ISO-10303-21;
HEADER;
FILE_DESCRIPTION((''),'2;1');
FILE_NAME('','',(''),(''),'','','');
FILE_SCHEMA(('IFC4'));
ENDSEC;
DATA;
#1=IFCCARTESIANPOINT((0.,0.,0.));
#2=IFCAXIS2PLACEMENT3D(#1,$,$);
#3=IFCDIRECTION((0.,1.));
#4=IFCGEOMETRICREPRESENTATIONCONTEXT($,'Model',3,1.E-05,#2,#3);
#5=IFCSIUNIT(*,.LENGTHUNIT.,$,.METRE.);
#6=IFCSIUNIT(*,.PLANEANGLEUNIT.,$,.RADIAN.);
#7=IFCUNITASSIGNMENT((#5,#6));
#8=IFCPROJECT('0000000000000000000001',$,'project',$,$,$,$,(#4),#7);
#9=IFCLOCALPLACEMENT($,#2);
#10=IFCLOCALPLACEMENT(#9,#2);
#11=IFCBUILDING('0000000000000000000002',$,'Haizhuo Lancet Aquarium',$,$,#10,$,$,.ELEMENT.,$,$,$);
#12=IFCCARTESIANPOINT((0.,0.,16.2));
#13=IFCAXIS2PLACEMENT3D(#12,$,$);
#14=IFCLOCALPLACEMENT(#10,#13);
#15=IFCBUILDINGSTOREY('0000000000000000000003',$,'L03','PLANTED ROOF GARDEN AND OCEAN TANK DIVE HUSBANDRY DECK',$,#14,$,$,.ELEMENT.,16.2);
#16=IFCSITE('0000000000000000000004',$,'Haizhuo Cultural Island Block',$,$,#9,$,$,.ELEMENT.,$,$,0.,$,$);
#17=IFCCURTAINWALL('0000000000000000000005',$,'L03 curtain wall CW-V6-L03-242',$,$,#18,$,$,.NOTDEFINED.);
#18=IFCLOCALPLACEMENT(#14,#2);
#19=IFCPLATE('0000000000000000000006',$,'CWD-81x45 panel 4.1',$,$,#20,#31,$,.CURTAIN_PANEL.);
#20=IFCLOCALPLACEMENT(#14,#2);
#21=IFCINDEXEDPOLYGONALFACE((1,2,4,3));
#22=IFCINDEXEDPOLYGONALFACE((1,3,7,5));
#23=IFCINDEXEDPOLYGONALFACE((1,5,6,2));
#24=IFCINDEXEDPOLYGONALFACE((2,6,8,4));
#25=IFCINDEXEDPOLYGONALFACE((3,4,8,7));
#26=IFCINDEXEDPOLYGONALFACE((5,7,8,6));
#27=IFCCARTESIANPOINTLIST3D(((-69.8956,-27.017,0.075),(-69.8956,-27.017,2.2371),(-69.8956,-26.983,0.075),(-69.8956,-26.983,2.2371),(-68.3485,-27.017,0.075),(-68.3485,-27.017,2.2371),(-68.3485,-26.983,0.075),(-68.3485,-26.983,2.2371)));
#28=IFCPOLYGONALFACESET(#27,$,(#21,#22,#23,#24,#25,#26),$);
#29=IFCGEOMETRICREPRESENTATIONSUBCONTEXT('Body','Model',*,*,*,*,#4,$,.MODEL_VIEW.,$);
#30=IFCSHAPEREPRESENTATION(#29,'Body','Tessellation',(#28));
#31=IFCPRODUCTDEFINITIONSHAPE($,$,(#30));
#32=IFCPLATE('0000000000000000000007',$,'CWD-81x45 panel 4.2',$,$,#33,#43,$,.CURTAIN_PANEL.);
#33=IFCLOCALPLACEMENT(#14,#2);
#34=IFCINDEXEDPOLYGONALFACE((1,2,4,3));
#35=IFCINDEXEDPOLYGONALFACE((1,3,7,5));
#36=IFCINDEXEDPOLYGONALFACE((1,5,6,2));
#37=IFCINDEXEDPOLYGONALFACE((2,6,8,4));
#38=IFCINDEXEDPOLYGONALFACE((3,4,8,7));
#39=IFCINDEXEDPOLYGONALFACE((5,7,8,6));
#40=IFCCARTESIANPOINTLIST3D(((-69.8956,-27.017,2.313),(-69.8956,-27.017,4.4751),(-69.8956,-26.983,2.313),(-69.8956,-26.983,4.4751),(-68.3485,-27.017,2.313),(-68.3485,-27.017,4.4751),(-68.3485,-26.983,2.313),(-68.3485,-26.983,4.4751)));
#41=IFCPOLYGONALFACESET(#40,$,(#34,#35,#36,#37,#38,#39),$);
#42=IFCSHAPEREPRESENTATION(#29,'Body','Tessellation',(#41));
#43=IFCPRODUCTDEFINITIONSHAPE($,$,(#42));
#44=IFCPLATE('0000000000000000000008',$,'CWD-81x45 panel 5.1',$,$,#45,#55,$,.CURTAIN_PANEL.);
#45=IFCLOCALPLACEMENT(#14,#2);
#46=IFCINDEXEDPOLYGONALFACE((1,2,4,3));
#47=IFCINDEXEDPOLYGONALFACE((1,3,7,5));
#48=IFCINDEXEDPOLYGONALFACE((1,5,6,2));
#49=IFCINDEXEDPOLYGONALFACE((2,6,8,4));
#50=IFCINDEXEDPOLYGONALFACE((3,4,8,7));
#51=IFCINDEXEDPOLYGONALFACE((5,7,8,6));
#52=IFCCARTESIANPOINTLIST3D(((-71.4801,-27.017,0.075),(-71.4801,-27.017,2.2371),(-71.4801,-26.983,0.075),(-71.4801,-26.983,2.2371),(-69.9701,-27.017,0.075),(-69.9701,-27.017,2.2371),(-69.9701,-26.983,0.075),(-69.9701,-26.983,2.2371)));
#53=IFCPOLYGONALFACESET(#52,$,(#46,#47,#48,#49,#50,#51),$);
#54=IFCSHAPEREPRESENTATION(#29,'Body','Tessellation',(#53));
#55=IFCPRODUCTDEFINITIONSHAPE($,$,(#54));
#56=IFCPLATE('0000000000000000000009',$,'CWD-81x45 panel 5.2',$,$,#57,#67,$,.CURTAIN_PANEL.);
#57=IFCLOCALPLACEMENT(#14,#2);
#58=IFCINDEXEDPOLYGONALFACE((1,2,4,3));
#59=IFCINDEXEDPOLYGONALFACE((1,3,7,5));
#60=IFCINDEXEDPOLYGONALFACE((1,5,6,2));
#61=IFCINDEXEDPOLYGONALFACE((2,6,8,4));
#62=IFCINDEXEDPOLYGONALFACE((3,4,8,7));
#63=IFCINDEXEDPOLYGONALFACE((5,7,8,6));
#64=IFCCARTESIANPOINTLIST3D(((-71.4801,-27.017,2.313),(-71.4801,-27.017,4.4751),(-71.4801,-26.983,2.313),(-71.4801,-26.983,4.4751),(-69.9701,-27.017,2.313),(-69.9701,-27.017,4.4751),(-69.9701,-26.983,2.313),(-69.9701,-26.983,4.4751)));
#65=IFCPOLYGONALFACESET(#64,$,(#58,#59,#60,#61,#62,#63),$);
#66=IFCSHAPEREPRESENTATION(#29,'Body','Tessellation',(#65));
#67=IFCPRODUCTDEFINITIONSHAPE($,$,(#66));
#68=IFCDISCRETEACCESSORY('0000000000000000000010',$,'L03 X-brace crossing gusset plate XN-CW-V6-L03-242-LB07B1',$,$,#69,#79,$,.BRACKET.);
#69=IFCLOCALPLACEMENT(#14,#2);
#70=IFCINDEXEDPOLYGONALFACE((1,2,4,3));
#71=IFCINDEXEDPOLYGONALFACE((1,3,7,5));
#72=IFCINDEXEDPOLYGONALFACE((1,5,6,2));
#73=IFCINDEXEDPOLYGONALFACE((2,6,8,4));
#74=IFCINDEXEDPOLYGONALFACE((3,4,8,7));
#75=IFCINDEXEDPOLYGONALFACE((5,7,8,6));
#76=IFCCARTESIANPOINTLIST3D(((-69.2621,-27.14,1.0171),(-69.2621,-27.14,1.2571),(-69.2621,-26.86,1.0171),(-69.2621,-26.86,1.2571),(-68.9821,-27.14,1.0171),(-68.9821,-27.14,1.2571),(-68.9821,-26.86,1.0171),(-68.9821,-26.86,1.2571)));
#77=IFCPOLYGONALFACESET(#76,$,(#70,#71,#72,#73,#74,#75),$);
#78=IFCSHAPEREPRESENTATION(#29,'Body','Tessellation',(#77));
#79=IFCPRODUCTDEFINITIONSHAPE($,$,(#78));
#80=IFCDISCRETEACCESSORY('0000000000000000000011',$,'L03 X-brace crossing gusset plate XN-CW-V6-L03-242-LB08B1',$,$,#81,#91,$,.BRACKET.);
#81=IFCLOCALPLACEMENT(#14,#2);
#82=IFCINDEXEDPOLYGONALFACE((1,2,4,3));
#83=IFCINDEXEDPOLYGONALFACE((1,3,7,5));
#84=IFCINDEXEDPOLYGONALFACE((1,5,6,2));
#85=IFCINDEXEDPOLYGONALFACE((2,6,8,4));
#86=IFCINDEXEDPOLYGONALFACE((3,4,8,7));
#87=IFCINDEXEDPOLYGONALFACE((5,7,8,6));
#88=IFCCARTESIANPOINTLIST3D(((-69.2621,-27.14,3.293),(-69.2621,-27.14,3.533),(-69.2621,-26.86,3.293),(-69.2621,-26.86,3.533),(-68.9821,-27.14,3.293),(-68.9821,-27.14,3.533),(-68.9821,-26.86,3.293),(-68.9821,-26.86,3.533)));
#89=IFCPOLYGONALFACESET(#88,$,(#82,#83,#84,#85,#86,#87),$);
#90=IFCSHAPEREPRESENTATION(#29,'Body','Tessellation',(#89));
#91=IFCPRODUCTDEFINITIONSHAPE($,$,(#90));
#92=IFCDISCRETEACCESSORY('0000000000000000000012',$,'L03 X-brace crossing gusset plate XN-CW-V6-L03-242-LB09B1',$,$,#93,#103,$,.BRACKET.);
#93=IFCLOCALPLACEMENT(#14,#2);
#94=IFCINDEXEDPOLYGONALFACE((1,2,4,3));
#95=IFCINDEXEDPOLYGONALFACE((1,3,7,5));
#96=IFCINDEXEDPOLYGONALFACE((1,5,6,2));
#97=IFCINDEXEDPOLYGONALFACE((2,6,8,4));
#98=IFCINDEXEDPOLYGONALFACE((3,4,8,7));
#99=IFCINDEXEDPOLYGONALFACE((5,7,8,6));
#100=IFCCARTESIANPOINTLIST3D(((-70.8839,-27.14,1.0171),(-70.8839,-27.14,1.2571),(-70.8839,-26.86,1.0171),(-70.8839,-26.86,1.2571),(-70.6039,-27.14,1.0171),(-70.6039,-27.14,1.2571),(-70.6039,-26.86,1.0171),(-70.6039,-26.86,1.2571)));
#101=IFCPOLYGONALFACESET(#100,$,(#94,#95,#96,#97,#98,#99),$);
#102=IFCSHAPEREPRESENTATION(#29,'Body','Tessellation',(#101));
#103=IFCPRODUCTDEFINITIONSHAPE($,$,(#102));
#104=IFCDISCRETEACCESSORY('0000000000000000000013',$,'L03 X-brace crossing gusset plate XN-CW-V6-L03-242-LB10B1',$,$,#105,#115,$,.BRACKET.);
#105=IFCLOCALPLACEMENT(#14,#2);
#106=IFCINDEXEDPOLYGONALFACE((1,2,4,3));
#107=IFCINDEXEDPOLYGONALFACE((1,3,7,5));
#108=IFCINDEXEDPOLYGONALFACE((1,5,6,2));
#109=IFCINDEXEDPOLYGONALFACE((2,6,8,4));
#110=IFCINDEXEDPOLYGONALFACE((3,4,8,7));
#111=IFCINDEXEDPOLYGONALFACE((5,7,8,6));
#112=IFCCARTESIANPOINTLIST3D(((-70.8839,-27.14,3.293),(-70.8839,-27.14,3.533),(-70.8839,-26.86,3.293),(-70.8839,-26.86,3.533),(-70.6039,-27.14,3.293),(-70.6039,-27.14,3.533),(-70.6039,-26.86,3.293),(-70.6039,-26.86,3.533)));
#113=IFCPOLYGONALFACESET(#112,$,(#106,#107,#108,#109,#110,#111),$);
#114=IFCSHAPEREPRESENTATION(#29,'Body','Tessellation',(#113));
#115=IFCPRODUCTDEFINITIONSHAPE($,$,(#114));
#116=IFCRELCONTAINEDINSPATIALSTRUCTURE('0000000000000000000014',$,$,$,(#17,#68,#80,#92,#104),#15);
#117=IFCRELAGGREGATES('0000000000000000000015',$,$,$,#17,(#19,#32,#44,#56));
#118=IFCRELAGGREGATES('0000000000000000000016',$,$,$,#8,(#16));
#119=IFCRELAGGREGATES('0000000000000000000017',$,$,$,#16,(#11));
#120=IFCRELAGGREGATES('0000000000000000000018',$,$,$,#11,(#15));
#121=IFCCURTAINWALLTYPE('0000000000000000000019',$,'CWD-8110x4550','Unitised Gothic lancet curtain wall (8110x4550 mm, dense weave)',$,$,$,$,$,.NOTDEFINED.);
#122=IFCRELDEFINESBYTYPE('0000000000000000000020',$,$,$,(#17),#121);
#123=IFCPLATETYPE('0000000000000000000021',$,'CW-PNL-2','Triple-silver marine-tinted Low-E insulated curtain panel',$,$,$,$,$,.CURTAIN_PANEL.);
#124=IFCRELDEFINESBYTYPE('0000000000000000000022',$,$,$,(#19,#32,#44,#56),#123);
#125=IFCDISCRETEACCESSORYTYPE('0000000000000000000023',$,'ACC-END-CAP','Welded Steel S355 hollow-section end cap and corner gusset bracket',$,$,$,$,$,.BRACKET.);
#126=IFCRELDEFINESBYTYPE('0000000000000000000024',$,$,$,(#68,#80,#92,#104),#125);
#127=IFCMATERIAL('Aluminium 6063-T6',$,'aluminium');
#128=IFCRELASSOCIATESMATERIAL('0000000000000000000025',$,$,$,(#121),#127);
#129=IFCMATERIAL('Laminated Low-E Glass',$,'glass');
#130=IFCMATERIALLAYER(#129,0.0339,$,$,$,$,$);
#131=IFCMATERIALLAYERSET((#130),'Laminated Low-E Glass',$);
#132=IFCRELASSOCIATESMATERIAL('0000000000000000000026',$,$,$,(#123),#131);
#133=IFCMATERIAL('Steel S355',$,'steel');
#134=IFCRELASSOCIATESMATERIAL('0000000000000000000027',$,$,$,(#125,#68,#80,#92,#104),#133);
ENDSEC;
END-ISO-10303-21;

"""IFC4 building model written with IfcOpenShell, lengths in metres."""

from ifc_helpers import new_model, si_unit, direction, frame, origin, origin_2d, place, context, subcontext, project, spatial, rectangle, extrude, material, layer, layer_set, type_object, element, aggregate, save


model = new_model("IFC4")

# Units and contexts
model_context = context("Model", 3, precision=1e-05, world=origin(), true_north=direction((0.0, 1.0)))
body_context = subcontext(model_context, "Body", "Model", "MODEL_VIEW")
ifc_project = project(units=[si_unit("LENGTHUNIT", "METRE"), si_unit("PLANEANGLEUNIT", "RADIAN")], contexts=[model_context])

# Site, building, storey
site_placement = place(None, origin())
site = spatial("IfcSite", under=ifc_project, at=site_placement, Name="Haizhuo Cultural Island Block", CompositionType="ELEMENT", RefElevation=0.0)
building_placement = place(site_placement, origin())
building = spatial("IfcBuilding", under=site, at=building_placement, Name="Haizhuo Lancet Aquarium", CompositionType="ELEMENT")
storey_placement = place(building_placement, frame((0.0, 0.0, 16.2)))
storey = spatial("IfcBuildingStorey", under=building, at=storey_placement, Name="L03", Description="PLANTED ROOF GARDEN AND OCEAN TANK DIVE HUSBANDRY DECK", CompositionType="ELEMENT", Elevation=16.2)

# Curtain wall
ifc_material_1 = material(Name="Aluminium 6063-T6", Category="aluminium")
curtain_wall_type = type_object("IfcCurtainWallType", Name="CWD-8110x4550", Description="Unitised Gothic lancet curtain wall (8110x4550 mm, dense weave)", PredefinedType="NOTDEFINED", material=ifc_material_1)
curtain_wall_placement = place(storey_placement, origin())
curtain_wall = element("IfcCurtainWall", 1, at=curtain_wall_placement, inside=storey, type_object=curtain_wall_type, Name="L03 curtain wall CW-V6-L03-242", PredefinedType="NOTDEFINED")

# Shared definitions
ifc_material_2 = material(Name="Steel S355", Category="steel")

# Plates
ifc_material_3 = material(Name="Laminated Low-E Glass", Category="glass")
ifc_layer = layer(ifc_material_3, 0.0339)
ifc_layer_set = layer_set([ifc_layer], Name="Laminated Low-E Glass")
plate_type = type_object("IfcPlateType", Name="CW-PNL-2", Description="Triple-silver marine-tinted Low-E insulated curtain panel", PredefinedType="CURTAIN_PANEL", material=ifc_layer_set)
plate_1_placement = place(storey_placement, frame((-69.1221, -27.0, 0.075), z_axis=(0.0, 0.0, 1.0), x_axis=(-1.0, 0.0, 0.0)))
plate_1 = element("IfcPlate", 2, at=plate_1_placement, type_object=plate_type, Name="CWD-81x45 panel 4.1", PredefinedType="CURTAIN_PANEL", context=body_context, shape_type="SweptSolid", body=[
    extrude(rectangle(XDim=1.5471, YDim=0.0339, at=origin_2d()), origin(), (0.0, 0.0, 1.0), 2.1621),
])
plate_2_placement = place(storey_placement, frame((-69.1221, -27.0, 2.313), z_axis=(0.0, 0.0, 1.0), x_axis=(-1.0, 0.0, 0.0)))
plate_2 = element("IfcPlate", 3, at=plate_2_placement, type_object=plate_type, Name="CWD-81x45 panel 4.2", PredefinedType="CURTAIN_PANEL", context=body_context, shape_type="SweptSolid", body=[
    extrude(rectangle(XDim=1.5471, YDim=0.0339, at=origin_2d()), origin(), (0.0, 0.0, 1.0), 2.1621),
])
plate_3_placement = place(storey_placement, frame((-70.7251, -27.0, 0.075), z_axis=(0.0, 0.0, 1.0), x_axis=(-1.0, 0.0, 0.0)))
plate_3 = element("IfcPlate", 4, at=plate_3_placement, type_object=plate_type, Name="CWD-81x45 panel 5.1", PredefinedType="CURTAIN_PANEL", context=body_context, shape_type="SweptSolid", body=[
    extrude(rectangle(XDim=1.51, YDim=0.0339, at=origin_2d()), origin(), (0.0, 0.0, 1.0), 2.1621),
])
plate_4_placement = place(storey_placement, frame((-70.7251, -27.0, 2.313), z_axis=(0.0, 0.0, 1.0), x_axis=(-1.0, 0.0, 0.0)))
plate_4 = element("IfcPlate", 5, at=plate_4_placement, type_object=plate_type, Name="CWD-81x45 panel 5.2", PredefinedType="CURTAIN_PANEL", context=body_context, shape_type="SweptSolid", body=[
    extrude(rectangle(XDim=1.51, YDim=0.0339, at=origin_2d()), origin(), (0.0, 0.0, 1.0), 2.1621),
])
aggregate(curtain_wall, [plate_1, plate_2, plate_3, plate_4])

# Discrete accessories
discrete_accessory_type = type_object("IfcDiscreteAccessoryType", Name="ACC-END-CAP", Description="Welded Steel S355 hollow-section end cap and corner gusset bracket", PredefinedType="BRACKET", material=ifc_material_2)
for number, where, z_axis, x_axis, name in (
    (6, (-69.1221, -27.0, 1.0171), (0.0, 0.0, 1.0), (1.0, 0.0, 0.0), "L03 X-brace crossing gusset plate XN-CW-V6-L03-242-LB07B1"),
    (7, (-69.1221, -27.0, 3.293), (0.0, 0.0, 1.0), (1.0, 0.0, 0.0), "L03 X-brace crossing gusset plate XN-CW-V6-L03-242-LB08B1"),
    (8, (-70.7439, -27.0, 1.0171), (0.0, 0.0, 1.0), (1.0, 0.0, 0.0), "L03 X-brace crossing gusset plate XN-CW-V6-L03-242-LB09B1"),
    (9, (-70.7439, -27.0, 3.293), (0.0, 0.0, 1.0), (1.0, 0.0, 0.0), "L03 X-brace crossing gusset plate XN-CW-V6-L03-242-LB10B1"),
):
    element("IfcDiscreteAccessory", number, at=place(storey_placement, frame(where, z_axis=z_axis, x_axis=x_axis)), inside=storey, type_object=discrete_accessory_type, material=ifc_material_2, Name=name, PredefinedType="BRACKET", context=body_context, shape_type="SweptSolid", body=[
        extrude(rectangle(XDim=0.28, YDim=0.28, at=origin_2d()), origin(), (0.0, 0.0, 1.0), 0.24),
    ])

save(model, "model.ifc")
